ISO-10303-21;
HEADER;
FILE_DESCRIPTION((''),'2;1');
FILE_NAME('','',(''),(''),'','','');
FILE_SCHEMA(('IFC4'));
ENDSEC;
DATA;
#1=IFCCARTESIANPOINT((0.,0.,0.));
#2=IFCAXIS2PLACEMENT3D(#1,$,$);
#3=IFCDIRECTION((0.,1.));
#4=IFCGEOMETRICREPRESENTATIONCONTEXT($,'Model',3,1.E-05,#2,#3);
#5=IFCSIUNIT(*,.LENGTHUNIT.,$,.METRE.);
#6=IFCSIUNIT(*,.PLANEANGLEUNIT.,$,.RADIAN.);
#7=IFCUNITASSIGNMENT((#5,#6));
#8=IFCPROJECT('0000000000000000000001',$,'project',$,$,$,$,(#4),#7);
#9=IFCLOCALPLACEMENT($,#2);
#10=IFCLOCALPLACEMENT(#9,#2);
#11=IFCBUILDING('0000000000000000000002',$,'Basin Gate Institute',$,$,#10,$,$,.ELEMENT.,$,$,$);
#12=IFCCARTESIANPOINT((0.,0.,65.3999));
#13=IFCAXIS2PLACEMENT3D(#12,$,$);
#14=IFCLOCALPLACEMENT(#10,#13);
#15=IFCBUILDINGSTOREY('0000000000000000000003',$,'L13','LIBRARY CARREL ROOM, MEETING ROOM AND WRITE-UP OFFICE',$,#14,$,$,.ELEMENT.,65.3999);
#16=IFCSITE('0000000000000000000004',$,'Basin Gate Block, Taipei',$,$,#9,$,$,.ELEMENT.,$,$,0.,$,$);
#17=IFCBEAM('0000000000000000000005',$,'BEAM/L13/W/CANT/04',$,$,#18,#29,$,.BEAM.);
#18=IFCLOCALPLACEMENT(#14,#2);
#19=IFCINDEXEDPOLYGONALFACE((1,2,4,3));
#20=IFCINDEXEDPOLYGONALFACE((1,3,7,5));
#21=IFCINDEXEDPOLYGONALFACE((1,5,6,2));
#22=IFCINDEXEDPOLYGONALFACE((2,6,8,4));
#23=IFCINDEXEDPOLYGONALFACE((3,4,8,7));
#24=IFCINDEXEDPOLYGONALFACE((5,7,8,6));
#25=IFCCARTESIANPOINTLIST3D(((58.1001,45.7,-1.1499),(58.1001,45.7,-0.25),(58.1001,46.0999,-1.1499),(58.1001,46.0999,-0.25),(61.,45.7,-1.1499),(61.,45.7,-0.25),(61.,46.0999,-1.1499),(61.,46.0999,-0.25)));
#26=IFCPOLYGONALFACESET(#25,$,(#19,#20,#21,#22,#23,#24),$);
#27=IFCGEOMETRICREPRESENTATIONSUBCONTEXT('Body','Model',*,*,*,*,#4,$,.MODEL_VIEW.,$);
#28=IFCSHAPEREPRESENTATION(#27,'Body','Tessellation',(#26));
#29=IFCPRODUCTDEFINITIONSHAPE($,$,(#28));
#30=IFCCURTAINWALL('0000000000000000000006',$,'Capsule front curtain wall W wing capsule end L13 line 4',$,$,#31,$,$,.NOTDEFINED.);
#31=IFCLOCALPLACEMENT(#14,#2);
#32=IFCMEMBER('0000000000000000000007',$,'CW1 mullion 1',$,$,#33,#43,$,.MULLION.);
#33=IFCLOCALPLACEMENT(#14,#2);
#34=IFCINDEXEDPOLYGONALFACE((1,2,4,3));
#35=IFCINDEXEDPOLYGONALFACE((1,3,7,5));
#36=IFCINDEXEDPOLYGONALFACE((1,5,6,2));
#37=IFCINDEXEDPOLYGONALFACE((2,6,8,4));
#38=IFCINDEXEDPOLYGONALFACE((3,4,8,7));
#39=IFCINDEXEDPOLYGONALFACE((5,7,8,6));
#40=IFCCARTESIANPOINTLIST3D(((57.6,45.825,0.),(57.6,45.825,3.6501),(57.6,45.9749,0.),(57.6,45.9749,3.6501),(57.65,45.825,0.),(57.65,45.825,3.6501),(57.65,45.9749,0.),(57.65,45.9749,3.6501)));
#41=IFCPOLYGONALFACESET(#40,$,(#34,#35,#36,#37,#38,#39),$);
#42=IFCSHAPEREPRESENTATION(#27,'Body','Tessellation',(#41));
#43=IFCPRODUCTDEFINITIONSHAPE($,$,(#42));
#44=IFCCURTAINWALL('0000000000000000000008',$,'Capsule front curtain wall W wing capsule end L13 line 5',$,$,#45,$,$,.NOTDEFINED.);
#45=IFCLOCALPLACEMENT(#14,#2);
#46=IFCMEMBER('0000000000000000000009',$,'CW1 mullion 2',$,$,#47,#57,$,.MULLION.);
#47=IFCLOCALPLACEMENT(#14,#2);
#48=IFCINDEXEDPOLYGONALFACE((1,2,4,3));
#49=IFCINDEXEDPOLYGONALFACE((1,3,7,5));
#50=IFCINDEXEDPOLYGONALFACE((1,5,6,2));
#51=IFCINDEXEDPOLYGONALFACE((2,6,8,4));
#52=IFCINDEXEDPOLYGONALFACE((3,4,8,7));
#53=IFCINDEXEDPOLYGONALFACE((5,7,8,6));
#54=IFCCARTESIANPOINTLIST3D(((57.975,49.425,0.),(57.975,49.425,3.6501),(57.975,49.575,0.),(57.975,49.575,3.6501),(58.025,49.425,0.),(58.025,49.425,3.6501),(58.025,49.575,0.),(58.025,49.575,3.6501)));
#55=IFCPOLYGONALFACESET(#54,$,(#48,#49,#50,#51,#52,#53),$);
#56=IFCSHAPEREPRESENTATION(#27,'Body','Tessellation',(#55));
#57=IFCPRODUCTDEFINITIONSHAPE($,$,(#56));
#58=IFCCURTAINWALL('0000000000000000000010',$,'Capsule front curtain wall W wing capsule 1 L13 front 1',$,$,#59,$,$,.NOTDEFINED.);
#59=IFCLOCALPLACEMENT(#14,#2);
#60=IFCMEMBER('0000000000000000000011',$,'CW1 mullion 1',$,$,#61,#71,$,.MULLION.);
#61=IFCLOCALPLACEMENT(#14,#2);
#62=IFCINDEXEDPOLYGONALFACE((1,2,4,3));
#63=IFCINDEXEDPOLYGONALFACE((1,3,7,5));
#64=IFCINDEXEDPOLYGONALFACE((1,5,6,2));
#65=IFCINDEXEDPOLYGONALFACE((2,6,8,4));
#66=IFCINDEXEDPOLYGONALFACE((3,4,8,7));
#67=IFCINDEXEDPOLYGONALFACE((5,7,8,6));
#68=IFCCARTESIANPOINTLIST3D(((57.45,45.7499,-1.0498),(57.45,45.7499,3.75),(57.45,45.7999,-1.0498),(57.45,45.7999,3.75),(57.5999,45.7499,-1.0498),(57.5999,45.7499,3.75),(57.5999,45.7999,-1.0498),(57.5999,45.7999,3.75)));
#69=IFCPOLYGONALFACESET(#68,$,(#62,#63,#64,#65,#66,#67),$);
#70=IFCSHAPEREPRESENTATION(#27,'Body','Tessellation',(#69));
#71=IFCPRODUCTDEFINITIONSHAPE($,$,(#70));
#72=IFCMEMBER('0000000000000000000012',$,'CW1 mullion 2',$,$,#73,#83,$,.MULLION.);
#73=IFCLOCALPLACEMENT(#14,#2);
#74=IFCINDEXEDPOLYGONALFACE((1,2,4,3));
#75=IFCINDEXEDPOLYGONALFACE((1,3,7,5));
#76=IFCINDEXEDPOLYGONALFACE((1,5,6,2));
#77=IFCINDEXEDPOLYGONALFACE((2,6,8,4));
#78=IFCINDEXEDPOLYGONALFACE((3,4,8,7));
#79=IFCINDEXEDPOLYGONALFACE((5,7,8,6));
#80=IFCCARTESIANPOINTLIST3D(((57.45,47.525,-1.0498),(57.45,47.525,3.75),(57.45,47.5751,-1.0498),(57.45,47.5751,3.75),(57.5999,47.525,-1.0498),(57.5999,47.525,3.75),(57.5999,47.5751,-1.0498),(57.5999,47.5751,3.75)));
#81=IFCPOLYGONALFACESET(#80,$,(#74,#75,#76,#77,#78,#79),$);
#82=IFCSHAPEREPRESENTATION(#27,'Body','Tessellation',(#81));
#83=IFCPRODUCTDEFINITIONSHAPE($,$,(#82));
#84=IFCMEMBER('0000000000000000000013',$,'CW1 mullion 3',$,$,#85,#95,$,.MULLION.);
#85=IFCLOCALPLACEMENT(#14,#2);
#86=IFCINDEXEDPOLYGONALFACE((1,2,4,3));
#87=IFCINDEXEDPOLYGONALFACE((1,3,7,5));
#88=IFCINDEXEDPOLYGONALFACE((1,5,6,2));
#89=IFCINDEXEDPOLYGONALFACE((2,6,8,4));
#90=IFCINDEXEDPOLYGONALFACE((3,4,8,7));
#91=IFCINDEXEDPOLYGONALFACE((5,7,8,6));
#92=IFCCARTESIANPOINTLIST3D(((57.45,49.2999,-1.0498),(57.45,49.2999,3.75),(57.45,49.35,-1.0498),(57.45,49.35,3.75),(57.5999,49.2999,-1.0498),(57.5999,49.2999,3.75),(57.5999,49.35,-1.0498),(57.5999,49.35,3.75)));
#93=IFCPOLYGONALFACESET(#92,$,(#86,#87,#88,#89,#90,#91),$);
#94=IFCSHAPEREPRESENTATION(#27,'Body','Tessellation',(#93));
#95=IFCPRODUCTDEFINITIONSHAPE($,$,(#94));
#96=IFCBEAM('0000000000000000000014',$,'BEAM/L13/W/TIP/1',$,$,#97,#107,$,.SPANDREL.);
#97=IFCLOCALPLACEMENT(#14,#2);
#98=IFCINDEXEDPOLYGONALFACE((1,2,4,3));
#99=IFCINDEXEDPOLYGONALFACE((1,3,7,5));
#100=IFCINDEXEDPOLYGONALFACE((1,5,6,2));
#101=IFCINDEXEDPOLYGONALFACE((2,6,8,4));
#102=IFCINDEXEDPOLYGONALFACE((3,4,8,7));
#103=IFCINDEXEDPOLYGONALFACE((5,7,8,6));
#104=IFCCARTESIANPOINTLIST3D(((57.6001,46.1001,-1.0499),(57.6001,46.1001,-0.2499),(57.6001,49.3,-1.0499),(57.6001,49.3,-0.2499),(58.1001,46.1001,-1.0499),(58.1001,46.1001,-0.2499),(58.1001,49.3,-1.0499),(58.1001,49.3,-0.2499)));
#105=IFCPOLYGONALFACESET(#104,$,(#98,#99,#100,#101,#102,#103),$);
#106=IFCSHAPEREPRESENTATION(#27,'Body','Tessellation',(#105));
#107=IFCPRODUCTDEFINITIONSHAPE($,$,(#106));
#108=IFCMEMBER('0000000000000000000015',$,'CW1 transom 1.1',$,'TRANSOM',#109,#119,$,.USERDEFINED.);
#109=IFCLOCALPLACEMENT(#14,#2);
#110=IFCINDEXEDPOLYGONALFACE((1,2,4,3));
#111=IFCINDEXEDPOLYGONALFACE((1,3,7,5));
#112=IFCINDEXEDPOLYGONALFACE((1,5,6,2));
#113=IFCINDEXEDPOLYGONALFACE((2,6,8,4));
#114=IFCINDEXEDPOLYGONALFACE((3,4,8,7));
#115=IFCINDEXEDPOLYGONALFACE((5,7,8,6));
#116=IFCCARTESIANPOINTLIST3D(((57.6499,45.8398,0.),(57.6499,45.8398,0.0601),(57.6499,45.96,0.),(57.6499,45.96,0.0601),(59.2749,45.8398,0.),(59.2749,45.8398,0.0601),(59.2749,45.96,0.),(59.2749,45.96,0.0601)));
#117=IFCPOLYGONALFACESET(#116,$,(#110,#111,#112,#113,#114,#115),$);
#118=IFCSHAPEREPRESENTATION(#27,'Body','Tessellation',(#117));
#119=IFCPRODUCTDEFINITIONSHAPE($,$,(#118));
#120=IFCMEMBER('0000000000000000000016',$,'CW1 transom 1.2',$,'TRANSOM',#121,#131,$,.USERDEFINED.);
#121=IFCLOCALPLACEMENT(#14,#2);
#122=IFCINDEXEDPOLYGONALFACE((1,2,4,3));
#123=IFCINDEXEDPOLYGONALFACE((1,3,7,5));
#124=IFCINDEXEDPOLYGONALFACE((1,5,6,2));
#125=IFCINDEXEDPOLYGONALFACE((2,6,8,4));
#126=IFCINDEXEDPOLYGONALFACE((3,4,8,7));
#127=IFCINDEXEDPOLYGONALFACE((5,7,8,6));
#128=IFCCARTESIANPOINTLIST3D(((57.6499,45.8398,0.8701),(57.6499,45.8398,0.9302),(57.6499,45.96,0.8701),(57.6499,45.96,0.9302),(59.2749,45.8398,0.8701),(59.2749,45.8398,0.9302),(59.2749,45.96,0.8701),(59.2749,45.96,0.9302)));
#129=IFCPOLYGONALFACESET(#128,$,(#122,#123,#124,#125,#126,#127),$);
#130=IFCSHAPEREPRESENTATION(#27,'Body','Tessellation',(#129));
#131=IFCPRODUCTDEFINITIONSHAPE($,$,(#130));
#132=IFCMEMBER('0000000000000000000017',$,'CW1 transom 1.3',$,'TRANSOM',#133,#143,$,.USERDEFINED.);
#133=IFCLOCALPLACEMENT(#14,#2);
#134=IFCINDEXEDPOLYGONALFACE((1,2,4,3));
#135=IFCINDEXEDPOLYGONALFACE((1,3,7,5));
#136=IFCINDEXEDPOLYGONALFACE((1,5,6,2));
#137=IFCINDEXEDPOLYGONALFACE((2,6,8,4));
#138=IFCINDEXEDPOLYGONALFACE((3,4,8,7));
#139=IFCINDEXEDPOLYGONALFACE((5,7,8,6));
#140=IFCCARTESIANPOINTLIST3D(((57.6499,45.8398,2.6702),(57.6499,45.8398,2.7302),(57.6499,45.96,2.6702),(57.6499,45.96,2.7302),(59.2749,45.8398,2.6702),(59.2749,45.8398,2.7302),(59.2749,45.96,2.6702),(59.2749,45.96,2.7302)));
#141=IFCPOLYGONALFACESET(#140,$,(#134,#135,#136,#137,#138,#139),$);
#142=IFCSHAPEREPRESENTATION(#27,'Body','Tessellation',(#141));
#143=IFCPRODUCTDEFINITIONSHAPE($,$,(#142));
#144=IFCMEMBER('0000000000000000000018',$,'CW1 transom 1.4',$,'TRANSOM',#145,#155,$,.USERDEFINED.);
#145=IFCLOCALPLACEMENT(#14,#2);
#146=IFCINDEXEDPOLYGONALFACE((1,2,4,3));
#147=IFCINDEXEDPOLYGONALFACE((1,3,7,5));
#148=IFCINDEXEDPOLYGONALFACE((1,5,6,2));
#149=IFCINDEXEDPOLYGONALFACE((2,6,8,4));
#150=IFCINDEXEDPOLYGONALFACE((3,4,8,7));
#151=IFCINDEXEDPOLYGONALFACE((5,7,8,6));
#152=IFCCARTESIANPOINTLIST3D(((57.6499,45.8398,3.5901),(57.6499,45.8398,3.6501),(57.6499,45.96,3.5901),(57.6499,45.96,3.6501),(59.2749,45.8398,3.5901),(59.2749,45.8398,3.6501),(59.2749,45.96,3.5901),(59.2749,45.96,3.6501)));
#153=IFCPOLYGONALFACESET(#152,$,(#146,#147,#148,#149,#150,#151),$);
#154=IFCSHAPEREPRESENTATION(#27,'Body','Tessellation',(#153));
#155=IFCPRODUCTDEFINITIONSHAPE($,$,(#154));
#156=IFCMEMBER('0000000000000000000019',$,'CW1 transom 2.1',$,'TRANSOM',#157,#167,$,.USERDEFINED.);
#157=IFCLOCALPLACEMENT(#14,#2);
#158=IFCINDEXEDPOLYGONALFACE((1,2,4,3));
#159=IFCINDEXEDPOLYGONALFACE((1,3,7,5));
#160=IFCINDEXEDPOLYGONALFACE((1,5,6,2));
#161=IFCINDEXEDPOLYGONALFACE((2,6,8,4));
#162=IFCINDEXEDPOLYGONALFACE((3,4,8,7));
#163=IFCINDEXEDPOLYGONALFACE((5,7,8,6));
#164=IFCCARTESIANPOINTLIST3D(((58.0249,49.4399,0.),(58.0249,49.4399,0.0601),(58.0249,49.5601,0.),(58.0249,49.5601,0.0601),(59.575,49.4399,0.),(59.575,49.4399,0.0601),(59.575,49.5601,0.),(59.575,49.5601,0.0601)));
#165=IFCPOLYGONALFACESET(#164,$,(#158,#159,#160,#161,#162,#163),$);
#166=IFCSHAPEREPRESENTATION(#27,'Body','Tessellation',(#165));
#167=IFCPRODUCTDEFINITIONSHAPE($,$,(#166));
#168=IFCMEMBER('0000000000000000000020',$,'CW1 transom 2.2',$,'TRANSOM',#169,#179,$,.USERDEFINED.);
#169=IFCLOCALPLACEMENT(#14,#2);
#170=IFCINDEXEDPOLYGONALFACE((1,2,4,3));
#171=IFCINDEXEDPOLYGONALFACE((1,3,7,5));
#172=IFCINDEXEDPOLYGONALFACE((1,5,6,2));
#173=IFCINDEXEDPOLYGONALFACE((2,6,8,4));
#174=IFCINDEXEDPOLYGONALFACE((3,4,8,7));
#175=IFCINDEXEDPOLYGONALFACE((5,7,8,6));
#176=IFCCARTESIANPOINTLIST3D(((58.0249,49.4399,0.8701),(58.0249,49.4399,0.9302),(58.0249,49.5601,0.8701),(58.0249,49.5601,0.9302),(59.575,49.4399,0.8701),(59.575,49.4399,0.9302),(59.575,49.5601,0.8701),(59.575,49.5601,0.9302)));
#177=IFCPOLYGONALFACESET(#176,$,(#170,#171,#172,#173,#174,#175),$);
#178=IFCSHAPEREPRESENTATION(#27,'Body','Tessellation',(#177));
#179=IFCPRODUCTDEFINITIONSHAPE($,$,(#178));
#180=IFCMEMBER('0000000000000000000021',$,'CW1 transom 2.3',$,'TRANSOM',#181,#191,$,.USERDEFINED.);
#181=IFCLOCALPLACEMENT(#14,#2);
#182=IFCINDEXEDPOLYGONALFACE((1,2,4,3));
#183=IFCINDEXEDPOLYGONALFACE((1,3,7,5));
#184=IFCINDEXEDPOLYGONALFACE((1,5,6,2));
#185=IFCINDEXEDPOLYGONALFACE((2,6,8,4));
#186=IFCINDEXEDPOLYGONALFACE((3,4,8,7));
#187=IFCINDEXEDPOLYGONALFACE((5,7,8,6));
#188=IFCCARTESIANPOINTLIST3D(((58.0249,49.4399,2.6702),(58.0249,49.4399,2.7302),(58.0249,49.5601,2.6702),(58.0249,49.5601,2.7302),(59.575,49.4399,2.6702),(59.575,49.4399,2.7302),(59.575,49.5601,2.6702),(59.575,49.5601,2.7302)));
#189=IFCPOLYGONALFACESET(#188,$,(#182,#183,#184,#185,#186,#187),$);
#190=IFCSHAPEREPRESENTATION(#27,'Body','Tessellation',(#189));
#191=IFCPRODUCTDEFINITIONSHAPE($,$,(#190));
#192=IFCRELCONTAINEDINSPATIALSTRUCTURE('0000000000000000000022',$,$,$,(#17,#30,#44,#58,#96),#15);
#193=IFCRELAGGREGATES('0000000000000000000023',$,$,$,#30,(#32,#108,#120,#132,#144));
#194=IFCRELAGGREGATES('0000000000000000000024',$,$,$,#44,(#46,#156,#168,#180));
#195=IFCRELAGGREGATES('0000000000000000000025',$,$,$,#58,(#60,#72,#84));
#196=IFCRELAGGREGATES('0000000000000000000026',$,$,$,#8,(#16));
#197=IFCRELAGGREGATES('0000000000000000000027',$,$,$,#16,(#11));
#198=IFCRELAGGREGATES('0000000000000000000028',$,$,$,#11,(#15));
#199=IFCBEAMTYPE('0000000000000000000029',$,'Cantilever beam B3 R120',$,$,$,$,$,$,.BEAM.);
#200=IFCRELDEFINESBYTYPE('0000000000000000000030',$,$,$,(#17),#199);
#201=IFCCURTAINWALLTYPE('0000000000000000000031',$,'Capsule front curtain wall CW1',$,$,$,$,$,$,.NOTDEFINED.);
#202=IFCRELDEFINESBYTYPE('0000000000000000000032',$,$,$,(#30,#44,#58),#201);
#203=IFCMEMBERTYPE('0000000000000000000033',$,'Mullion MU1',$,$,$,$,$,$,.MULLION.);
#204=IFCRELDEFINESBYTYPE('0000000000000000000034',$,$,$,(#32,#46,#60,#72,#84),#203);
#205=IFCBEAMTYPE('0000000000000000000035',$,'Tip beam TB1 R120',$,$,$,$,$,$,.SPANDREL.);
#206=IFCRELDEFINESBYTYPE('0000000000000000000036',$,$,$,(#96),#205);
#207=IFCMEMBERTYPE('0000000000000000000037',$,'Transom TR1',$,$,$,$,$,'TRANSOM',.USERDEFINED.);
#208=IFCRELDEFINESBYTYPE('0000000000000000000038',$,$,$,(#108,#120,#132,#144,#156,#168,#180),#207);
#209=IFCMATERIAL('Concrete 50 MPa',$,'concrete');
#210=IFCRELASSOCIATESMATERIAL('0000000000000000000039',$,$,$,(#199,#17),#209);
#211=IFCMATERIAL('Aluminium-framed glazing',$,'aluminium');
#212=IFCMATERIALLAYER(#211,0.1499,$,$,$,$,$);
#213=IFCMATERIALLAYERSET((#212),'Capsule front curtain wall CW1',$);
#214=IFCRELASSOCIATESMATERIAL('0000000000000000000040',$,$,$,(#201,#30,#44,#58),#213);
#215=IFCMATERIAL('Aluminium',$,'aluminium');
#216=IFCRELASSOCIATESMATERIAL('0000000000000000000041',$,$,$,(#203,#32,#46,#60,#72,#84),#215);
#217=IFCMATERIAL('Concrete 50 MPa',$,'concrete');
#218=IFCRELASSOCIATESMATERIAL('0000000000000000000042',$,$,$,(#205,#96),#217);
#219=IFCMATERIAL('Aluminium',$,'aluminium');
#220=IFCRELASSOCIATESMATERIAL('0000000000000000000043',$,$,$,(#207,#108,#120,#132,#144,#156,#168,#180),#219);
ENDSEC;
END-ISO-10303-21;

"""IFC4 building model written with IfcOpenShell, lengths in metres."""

from ifc_helpers import new_model, si_unit, direction, frame, origin, origin_2d, place, context, subcontext, project, spatial, rectangle, extrude, material, layer, layer_set, material_profile, profile_set, type_object, element, aggregate, save


model = new_model("IFC4")

# Units and contexts
model_context = context("Model", 3, precision=1e-05, world=origin(), true_north=direction((0.0, 1.0)))
body_context = subcontext(model_context, "Body", "Model", "MODEL_VIEW")
ifc_project = project(units=[si_unit("LENGTHUNIT", "METRE"), si_unit("PLANEANGLEUNIT", "RADIAN")], contexts=[model_context])

# Site, building, storey
site_placement = place(None, origin())
site = spatial("IfcSite", under=ifc_project, at=site_placement, Name="Basin Gate Block, Taipei", CompositionType="ELEMENT", RefElevation=0.0)
building_placement = place(site_placement, origin())
building = spatial("IfcBuilding", under=site, at=building_placement, Name="Basin Gate Institute", CompositionType="ELEMENT")
storey_placement = place(building_placement, frame((0.0, 0.0, 65.3999)))
storey = spatial("IfcBuildingStorey", under=building, at=storey_placement, Name="L13", Description="LIBRARY CARREL ROOM, MEETING ROOM AND WRITE-UP OFFICE", CompositionType="ELEMENT", Elevation=65.3999)

# Beam
ifc_material_1 = material(Name="Concrete 50 MPa", Category="concrete")
ifc_material_profile_1 = material_profile(ifc_material_1, rectangle(XDim=0.3999, YDim=0.8999, at=origin_2d()), Name="Cantilever beam B3 400 x 900")
ifc_profile_set_1 = profile_set([ifc_material_profile_1], Name="Concrete 50 MPa")
beam_type_1 = type_object("IfcBeamType", Name="Cantilever beam B3 R120", PredefinedType="BEAM", material=ifc_profile_set_1)
beam_1_placement = place(storey_placement, frame((58.1001, 45.8999, -0.7), z_axis=(1.0, 0.0, 0.0), x_axis=(0.0, 1.0, 0.0)))
element("IfcBeam", 1, at=beam_1_placement, inside=storey, type_object=beam_type_1, material=ifc_profile_set_1, Name="BEAM/L13/W/CANT/04", PredefinedType="BEAM", context=body_context, shape_type="SweptSolid", body=[
    extrude(rectangle(XDim=0.3999, YDim=0.8999, at=origin_2d()), origin(), (0.0, 0.0, 1.0), 2.8999),
])

# Curtain walls, members
ifc_material_2 = material(Name="Aluminium-framed glazing", Category="aluminium")
ifc_layer_1 = layer(ifc_material_2, 0.1499)
ifc_layer_set_1 = layer_set([ifc_layer_1], Name="Capsule front curtain wall CW1")
curtain_wall_type = type_object("IfcCurtainWallType", Name="Capsule front curtain wall CW1", PredefinedType="NOTDEFINED", material=ifc_layer_set_1)
curtain_wall_1_placement = place(storey_placement, origin())
curtain_wall_1 = element("IfcCurtainWall", 2, at=curtain_wall_1_placement, inside=storey, type_object=curtain_wall_type, material=ifc_layer_set_1, Name="Capsule front curtain wall W wing capsule end L13 line 4", PredefinedType="NOTDEFINED")
ifc_material_3 = material(Name="Aluminium", Category="aluminium")
ifc_material_profile_2 = material_profile(ifc_material_3, rectangle(XDim=0.1499, YDim=0.05, at=origin_2d()), Name="Mullion MU1 150 x 50")
ifc_profile_set_2 = profile_set([ifc_material_profile_2], Name="Aluminium")
member_type_1 = type_object("IfcMemberType", Name="Mullion MU1", PredefinedType="MULLION", material=ifc_profile_set_2)
member_1_placement = place(storey_placement, frame((57.625, 45.8999, 0.0), z_axis=(0.0, 0.0, 1.0), x_axis=(0.0, 1.0, 0.0)))
member_1 = element("IfcMember", 3, at=member_1_placement, type_object=member_type_1, material=ifc_profile_set_2, Name="CW1 mullion 1", PredefinedType="MULLION", context=body_context, shape_type="SweptSolid", body=[
    extrude(rectangle(XDim=0.1499, YDim=0.05, at=origin_2d()), origin(), (0.0, 0.0, 1.0), 3.6501),
])
curtain_wall_2_placement = place(storey_placement, origin())
curtain_wall_2 = element("IfcCurtainWall", 4, at=curtain_wall_2_placement, inside=storey, type_object=curtain_wall_type, material=ifc_layer_set_1, Name="Capsule front curtain wall W wing capsule end L13 line 5", PredefinedType="NOTDEFINED")
member_2_placement = place(storey_placement, frame((58.0, 49.5, 0.0), z_axis=(0.0, 0.0, 1.0), x_axis=(0.0, 1.0, 0.0)))
member_2 = element("IfcMember", 5, at=member_2_placement, type_object=member_type_1, material=ifc_profile_set_2, Name="CW1 mullion 2", PredefinedType="MULLION", context=body_context, shape_type="SweptSolid", body=[
    extrude(rectangle(XDim=0.1499, YDim=0.05, at=origin_2d()), origin(), (0.0, 0.0, 1.0), 3.6501),
])

# Curtain wall, members
curtain_wall_3_placement = place(storey_placement, origin())
curtain_wall_3 = element("IfcCurtainWall", 6, at=curtain_wall_3_placement, inside=storey, type_object=curtain_wall_type, material=ifc_layer_set_1, Name="Capsule front curtain wall W wing capsule 1 L13 front 1", PredefinedType="NOTDEFINED")
member_3_placement = place(storey_placement, frame((57.5249, 45.7749, -1.0498), z_axis=(0.0, 0.0, 1.0), x_axis=(-1.0, 0.0, 0.0)))
member_3 = element("IfcMember", 7, at=member_3_placement, type_object=member_type_1, material=ifc_profile_set_2, Name="CW1 mullion 1", PredefinedType="MULLION", context=body_context, shape_type="SweptSolid", body=[
    extrude(rectangle(XDim=0.1499, YDim=0.05, at=origin_2d()), origin(), (0.0, 0.0, 1.0), 4.7998),
])
member_4_placement = place(storey_placement, frame((57.5249, 47.55, -1.0498), z_axis=(0.0, 0.0, 1.0), x_axis=(-1.0, 0.0, 0.0)))
member_4 = element("IfcMember", 8, at=member_4_placement, type_object=member_type_1, material=ifc_profile_set_2, Name="CW1 mullion 2", PredefinedType="MULLION", context=body_context, shape_type="SweptSolid", body=[
    extrude(rectangle(XDim=0.1499, YDim=0.05, at=origin_2d()), origin(), (0.0, 0.0, 1.0), 4.7998),
])
member_5_placement = place(storey_placement, frame((57.5249, 49.325, -1.0498), z_axis=(0.0, 0.0, 1.0), x_axis=(-1.0, 0.0, 0.0)))
member_5 = element("IfcMember", 9, at=member_5_placement, type_object=member_type_1, material=ifc_profile_set_2, Name="CW1 mullion 3", PredefinedType="MULLION", context=body_context, shape_type="SweptSolid", body=[
    extrude(rectangle(XDim=0.1499, YDim=0.05, at=origin_2d()), origin(), (0.0, 0.0, 1.0), 4.7998),
])

# Beam
ifc_material_4 = material(Name="Concrete 50 MPa", Category="concrete")
ifc_material_profile_3 = material_profile(ifc_material_4, rectangle(XDim=0.5, YDim=0.8, at=origin_2d()), Name="Tip beam TB1 500 x 800")
ifc_profile_set_3 = profile_set([ifc_material_profile_3], Name="Concrete 50 MPa")
beam_type_2 = type_object("IfcBeamType", Name="Tip beam TB1 R120", PredefinedType="SPANDREL", material=ifc_profile_set_3)
beam_2_placement = place(storey_placement, frame((57.8501, 46.1001, -0.6499), z_axis=(0.0, 1.0, 0.0), x_axis=(-1.0, 0.0, 0.0)))
element("IfcBeam", 10, at=beam_2_placement, inside=storey, type_object=beam_type_2, material=ifc_profile_set_3, Name="BEAM/L13/W/TIP/1", PredefinedType="SPANDREL", context=body_context, shape_type="SweptSolid", body=[
    extrude(rectangle(XDim=0.5, YDim=0.8, at=origin_2d()), origin(), (0.0, 0.0, 1.0), 3.2),
])

# Members
ifc_material_5 = material(Name="Aluminium", Category="aluminium")
ifc_material_profile_4 = material_profile(ifc_material_5, rectangle(XDim=0.1201, YDim=0.0601, at=origin_2d()), Name="Transom TR1 120 x 60")
ifc_profile_set_4 = profile_set([ifc_material_profile_4], Name="Aluminium")
member_type_2 = type_object("IfcMemberType", Name="Transom TR1", ElementType="TRANSOM", PredefinedType="USERDEFINED", material=ifc_profile_set_4)
member_6_placement = place(storey_placement, frame((57.6499, 45.8999, 0.03), z_axis=(1.0, 0.0, 0.0), x_axis=(0.0, 1.0, 0.0)))
member_6 = element("IfcMember", 11, at=member_6_placement, type_object=member_type_2, material=ifc_profile_set_4, Name="CW1 transom 1.1", ObjectType="TRANSOM", PredefinedType="USERDEFINED", context=body_context, shape_type="SweptSolid", body=[
    extrude(rectangle(XDim=0.1201, YDim=0.0601, at=origin_2d()), origin(), (0.0, 0.0, 1.0), 1.625),
])
member_7_placement = place(storey_placement, frame((57.6499, 45.8999, 0.9001), z_axis=(1.0, 0.0, 0.0), x_axis=(0.0, 1.0, 0.0)))
member_7 = element("IfcMember", 12, at=member_7_placement, type_object=member_type_2, material=ifc_profile_set_4, Name="CW1 transom 1.2", ObjectType="TRANSOM", PredefinedType="USERDEFINED", context=body_context, shape_type="SweptSolid", body=[
    extrude(rectangle(XDim=0.1201, YDim=0.0601, at=origin_2d()), origin(), (0.0, 0.0, 1.0), 1.625),
])
member_8_placement = place(storey_placement, frame((57.6499, 45.8999, 2.7002), z_axis=(1.0, 0.0, 0.0), x_axis=(0.0, 1.0, 0.0)))
member_8 = element("IfcMember", 13, at=member_8_placement, type_object=member_type_2, material=ifc_profile_set_4, Name="CW1 transom 1.3", ObjectType="TRANSOM", PredefinedType="USERDEFINED", context=body_context, shape_type="SweptSolid", body=[
    extrude(rectangle(XDim=0.1201, YDim=0.0601, at=origin_2d()), origin(), (0.0, 0.0, 1.0), 1.625),
])
member_9_placement = place(storey_placement, frame((57.6499, 45.8999, 3.6201), z_axis=(1.0, 0.0, 0.0), x_axis=(0.0, 1.0, 0.0)))
member_9 = element("IfcMember", 14, at=member_9_placement, type_object=member_type_2, material=ifc_profile_set_4, Name="CW1 transom 1.4", ObjectType="TRANSOM", PredefinedType="USERDEFINED", context=body_context, shape_type="SweptSolid", body=[
    extrude(rectangle(XDim=0.1201, YDim=0.0601, at=origin_2d()), origin(), (0.0, 0.0, 1.0), 1.625),
])
aggregate(curtain_wall_1, [member_1, member_6, member_7, member_8, member_9])
member_10_placement = place(storey_placement, frame((58.0249, 49.5, 0.03), z_axis=(1.0, 0.0, 0.0), x_axis=(0.0, 1.0, 0.0)))
member_10 = element("IfcMember", 15, at=member_10_placement, type_object=member_type_2, material=ifc_profile_set_4, Name="CW1 transom 2.1", ObjectType="TRANSOM", PredefinedType="USERDEFINED", context=body_context, shape_type="SweptSolid", body=[
    extrude(rectangle(XDim=0.1201, YDim=0.0601, at=origin_2d()), origin(), (0.0, 0.0, 1.0), 1.55),
])
member_11_placement = place(storey_placement, frame((58.0249, 49.5, 0.9001), z_axis=(1.0, 0.0, 0.0), x_axis=(0.0, 1.0, 0.0)))
member_11 = element("IfcMember", 16, at=member_11_placement, type_object=member_type_2, material=ifc_profile_set_4, Name="CW1 transom 2.2", ObjectType="TRANSOM", PredefinedType="USERDEFINED", context=body_context, shape_type="SweptSolid", body=[
    extrude(rectangle(XDim=0.1201, YDim=0.0601, at=origin_2d()), origin(), (0.0, 0.0, 1.0), 1.55),
])
member_12_placement = place(storey_placement, frame((58.0249, 49.5, 2.7002), z_axis=(1.0, 0.0, 0.0), x_axis=(0.0, 1.0, 0.0)))
member_12 = element("IfcMember", 17, at=member_12_placement, type_object=member_type_2, material=ifc_profile_set_4, Name="CW1 transom 2.3", ObjectType="TRANSOM", PredefinedType="USERDEFINED", context=body_context, shape_type="SweptSolid", body=[
    extrude(rectangle(XDim=0.1201, YDim=0.0601, at=origin_2d()), origin(), (0.0, 0.0, 1.0), 1.55),
])

aggregate(curtain_wall_2, [member_2, member_10, member_11, member_12])
aggregate(curtain_wall_3, [member_3, member_4, member_5])

save(model, "model.ifc")
